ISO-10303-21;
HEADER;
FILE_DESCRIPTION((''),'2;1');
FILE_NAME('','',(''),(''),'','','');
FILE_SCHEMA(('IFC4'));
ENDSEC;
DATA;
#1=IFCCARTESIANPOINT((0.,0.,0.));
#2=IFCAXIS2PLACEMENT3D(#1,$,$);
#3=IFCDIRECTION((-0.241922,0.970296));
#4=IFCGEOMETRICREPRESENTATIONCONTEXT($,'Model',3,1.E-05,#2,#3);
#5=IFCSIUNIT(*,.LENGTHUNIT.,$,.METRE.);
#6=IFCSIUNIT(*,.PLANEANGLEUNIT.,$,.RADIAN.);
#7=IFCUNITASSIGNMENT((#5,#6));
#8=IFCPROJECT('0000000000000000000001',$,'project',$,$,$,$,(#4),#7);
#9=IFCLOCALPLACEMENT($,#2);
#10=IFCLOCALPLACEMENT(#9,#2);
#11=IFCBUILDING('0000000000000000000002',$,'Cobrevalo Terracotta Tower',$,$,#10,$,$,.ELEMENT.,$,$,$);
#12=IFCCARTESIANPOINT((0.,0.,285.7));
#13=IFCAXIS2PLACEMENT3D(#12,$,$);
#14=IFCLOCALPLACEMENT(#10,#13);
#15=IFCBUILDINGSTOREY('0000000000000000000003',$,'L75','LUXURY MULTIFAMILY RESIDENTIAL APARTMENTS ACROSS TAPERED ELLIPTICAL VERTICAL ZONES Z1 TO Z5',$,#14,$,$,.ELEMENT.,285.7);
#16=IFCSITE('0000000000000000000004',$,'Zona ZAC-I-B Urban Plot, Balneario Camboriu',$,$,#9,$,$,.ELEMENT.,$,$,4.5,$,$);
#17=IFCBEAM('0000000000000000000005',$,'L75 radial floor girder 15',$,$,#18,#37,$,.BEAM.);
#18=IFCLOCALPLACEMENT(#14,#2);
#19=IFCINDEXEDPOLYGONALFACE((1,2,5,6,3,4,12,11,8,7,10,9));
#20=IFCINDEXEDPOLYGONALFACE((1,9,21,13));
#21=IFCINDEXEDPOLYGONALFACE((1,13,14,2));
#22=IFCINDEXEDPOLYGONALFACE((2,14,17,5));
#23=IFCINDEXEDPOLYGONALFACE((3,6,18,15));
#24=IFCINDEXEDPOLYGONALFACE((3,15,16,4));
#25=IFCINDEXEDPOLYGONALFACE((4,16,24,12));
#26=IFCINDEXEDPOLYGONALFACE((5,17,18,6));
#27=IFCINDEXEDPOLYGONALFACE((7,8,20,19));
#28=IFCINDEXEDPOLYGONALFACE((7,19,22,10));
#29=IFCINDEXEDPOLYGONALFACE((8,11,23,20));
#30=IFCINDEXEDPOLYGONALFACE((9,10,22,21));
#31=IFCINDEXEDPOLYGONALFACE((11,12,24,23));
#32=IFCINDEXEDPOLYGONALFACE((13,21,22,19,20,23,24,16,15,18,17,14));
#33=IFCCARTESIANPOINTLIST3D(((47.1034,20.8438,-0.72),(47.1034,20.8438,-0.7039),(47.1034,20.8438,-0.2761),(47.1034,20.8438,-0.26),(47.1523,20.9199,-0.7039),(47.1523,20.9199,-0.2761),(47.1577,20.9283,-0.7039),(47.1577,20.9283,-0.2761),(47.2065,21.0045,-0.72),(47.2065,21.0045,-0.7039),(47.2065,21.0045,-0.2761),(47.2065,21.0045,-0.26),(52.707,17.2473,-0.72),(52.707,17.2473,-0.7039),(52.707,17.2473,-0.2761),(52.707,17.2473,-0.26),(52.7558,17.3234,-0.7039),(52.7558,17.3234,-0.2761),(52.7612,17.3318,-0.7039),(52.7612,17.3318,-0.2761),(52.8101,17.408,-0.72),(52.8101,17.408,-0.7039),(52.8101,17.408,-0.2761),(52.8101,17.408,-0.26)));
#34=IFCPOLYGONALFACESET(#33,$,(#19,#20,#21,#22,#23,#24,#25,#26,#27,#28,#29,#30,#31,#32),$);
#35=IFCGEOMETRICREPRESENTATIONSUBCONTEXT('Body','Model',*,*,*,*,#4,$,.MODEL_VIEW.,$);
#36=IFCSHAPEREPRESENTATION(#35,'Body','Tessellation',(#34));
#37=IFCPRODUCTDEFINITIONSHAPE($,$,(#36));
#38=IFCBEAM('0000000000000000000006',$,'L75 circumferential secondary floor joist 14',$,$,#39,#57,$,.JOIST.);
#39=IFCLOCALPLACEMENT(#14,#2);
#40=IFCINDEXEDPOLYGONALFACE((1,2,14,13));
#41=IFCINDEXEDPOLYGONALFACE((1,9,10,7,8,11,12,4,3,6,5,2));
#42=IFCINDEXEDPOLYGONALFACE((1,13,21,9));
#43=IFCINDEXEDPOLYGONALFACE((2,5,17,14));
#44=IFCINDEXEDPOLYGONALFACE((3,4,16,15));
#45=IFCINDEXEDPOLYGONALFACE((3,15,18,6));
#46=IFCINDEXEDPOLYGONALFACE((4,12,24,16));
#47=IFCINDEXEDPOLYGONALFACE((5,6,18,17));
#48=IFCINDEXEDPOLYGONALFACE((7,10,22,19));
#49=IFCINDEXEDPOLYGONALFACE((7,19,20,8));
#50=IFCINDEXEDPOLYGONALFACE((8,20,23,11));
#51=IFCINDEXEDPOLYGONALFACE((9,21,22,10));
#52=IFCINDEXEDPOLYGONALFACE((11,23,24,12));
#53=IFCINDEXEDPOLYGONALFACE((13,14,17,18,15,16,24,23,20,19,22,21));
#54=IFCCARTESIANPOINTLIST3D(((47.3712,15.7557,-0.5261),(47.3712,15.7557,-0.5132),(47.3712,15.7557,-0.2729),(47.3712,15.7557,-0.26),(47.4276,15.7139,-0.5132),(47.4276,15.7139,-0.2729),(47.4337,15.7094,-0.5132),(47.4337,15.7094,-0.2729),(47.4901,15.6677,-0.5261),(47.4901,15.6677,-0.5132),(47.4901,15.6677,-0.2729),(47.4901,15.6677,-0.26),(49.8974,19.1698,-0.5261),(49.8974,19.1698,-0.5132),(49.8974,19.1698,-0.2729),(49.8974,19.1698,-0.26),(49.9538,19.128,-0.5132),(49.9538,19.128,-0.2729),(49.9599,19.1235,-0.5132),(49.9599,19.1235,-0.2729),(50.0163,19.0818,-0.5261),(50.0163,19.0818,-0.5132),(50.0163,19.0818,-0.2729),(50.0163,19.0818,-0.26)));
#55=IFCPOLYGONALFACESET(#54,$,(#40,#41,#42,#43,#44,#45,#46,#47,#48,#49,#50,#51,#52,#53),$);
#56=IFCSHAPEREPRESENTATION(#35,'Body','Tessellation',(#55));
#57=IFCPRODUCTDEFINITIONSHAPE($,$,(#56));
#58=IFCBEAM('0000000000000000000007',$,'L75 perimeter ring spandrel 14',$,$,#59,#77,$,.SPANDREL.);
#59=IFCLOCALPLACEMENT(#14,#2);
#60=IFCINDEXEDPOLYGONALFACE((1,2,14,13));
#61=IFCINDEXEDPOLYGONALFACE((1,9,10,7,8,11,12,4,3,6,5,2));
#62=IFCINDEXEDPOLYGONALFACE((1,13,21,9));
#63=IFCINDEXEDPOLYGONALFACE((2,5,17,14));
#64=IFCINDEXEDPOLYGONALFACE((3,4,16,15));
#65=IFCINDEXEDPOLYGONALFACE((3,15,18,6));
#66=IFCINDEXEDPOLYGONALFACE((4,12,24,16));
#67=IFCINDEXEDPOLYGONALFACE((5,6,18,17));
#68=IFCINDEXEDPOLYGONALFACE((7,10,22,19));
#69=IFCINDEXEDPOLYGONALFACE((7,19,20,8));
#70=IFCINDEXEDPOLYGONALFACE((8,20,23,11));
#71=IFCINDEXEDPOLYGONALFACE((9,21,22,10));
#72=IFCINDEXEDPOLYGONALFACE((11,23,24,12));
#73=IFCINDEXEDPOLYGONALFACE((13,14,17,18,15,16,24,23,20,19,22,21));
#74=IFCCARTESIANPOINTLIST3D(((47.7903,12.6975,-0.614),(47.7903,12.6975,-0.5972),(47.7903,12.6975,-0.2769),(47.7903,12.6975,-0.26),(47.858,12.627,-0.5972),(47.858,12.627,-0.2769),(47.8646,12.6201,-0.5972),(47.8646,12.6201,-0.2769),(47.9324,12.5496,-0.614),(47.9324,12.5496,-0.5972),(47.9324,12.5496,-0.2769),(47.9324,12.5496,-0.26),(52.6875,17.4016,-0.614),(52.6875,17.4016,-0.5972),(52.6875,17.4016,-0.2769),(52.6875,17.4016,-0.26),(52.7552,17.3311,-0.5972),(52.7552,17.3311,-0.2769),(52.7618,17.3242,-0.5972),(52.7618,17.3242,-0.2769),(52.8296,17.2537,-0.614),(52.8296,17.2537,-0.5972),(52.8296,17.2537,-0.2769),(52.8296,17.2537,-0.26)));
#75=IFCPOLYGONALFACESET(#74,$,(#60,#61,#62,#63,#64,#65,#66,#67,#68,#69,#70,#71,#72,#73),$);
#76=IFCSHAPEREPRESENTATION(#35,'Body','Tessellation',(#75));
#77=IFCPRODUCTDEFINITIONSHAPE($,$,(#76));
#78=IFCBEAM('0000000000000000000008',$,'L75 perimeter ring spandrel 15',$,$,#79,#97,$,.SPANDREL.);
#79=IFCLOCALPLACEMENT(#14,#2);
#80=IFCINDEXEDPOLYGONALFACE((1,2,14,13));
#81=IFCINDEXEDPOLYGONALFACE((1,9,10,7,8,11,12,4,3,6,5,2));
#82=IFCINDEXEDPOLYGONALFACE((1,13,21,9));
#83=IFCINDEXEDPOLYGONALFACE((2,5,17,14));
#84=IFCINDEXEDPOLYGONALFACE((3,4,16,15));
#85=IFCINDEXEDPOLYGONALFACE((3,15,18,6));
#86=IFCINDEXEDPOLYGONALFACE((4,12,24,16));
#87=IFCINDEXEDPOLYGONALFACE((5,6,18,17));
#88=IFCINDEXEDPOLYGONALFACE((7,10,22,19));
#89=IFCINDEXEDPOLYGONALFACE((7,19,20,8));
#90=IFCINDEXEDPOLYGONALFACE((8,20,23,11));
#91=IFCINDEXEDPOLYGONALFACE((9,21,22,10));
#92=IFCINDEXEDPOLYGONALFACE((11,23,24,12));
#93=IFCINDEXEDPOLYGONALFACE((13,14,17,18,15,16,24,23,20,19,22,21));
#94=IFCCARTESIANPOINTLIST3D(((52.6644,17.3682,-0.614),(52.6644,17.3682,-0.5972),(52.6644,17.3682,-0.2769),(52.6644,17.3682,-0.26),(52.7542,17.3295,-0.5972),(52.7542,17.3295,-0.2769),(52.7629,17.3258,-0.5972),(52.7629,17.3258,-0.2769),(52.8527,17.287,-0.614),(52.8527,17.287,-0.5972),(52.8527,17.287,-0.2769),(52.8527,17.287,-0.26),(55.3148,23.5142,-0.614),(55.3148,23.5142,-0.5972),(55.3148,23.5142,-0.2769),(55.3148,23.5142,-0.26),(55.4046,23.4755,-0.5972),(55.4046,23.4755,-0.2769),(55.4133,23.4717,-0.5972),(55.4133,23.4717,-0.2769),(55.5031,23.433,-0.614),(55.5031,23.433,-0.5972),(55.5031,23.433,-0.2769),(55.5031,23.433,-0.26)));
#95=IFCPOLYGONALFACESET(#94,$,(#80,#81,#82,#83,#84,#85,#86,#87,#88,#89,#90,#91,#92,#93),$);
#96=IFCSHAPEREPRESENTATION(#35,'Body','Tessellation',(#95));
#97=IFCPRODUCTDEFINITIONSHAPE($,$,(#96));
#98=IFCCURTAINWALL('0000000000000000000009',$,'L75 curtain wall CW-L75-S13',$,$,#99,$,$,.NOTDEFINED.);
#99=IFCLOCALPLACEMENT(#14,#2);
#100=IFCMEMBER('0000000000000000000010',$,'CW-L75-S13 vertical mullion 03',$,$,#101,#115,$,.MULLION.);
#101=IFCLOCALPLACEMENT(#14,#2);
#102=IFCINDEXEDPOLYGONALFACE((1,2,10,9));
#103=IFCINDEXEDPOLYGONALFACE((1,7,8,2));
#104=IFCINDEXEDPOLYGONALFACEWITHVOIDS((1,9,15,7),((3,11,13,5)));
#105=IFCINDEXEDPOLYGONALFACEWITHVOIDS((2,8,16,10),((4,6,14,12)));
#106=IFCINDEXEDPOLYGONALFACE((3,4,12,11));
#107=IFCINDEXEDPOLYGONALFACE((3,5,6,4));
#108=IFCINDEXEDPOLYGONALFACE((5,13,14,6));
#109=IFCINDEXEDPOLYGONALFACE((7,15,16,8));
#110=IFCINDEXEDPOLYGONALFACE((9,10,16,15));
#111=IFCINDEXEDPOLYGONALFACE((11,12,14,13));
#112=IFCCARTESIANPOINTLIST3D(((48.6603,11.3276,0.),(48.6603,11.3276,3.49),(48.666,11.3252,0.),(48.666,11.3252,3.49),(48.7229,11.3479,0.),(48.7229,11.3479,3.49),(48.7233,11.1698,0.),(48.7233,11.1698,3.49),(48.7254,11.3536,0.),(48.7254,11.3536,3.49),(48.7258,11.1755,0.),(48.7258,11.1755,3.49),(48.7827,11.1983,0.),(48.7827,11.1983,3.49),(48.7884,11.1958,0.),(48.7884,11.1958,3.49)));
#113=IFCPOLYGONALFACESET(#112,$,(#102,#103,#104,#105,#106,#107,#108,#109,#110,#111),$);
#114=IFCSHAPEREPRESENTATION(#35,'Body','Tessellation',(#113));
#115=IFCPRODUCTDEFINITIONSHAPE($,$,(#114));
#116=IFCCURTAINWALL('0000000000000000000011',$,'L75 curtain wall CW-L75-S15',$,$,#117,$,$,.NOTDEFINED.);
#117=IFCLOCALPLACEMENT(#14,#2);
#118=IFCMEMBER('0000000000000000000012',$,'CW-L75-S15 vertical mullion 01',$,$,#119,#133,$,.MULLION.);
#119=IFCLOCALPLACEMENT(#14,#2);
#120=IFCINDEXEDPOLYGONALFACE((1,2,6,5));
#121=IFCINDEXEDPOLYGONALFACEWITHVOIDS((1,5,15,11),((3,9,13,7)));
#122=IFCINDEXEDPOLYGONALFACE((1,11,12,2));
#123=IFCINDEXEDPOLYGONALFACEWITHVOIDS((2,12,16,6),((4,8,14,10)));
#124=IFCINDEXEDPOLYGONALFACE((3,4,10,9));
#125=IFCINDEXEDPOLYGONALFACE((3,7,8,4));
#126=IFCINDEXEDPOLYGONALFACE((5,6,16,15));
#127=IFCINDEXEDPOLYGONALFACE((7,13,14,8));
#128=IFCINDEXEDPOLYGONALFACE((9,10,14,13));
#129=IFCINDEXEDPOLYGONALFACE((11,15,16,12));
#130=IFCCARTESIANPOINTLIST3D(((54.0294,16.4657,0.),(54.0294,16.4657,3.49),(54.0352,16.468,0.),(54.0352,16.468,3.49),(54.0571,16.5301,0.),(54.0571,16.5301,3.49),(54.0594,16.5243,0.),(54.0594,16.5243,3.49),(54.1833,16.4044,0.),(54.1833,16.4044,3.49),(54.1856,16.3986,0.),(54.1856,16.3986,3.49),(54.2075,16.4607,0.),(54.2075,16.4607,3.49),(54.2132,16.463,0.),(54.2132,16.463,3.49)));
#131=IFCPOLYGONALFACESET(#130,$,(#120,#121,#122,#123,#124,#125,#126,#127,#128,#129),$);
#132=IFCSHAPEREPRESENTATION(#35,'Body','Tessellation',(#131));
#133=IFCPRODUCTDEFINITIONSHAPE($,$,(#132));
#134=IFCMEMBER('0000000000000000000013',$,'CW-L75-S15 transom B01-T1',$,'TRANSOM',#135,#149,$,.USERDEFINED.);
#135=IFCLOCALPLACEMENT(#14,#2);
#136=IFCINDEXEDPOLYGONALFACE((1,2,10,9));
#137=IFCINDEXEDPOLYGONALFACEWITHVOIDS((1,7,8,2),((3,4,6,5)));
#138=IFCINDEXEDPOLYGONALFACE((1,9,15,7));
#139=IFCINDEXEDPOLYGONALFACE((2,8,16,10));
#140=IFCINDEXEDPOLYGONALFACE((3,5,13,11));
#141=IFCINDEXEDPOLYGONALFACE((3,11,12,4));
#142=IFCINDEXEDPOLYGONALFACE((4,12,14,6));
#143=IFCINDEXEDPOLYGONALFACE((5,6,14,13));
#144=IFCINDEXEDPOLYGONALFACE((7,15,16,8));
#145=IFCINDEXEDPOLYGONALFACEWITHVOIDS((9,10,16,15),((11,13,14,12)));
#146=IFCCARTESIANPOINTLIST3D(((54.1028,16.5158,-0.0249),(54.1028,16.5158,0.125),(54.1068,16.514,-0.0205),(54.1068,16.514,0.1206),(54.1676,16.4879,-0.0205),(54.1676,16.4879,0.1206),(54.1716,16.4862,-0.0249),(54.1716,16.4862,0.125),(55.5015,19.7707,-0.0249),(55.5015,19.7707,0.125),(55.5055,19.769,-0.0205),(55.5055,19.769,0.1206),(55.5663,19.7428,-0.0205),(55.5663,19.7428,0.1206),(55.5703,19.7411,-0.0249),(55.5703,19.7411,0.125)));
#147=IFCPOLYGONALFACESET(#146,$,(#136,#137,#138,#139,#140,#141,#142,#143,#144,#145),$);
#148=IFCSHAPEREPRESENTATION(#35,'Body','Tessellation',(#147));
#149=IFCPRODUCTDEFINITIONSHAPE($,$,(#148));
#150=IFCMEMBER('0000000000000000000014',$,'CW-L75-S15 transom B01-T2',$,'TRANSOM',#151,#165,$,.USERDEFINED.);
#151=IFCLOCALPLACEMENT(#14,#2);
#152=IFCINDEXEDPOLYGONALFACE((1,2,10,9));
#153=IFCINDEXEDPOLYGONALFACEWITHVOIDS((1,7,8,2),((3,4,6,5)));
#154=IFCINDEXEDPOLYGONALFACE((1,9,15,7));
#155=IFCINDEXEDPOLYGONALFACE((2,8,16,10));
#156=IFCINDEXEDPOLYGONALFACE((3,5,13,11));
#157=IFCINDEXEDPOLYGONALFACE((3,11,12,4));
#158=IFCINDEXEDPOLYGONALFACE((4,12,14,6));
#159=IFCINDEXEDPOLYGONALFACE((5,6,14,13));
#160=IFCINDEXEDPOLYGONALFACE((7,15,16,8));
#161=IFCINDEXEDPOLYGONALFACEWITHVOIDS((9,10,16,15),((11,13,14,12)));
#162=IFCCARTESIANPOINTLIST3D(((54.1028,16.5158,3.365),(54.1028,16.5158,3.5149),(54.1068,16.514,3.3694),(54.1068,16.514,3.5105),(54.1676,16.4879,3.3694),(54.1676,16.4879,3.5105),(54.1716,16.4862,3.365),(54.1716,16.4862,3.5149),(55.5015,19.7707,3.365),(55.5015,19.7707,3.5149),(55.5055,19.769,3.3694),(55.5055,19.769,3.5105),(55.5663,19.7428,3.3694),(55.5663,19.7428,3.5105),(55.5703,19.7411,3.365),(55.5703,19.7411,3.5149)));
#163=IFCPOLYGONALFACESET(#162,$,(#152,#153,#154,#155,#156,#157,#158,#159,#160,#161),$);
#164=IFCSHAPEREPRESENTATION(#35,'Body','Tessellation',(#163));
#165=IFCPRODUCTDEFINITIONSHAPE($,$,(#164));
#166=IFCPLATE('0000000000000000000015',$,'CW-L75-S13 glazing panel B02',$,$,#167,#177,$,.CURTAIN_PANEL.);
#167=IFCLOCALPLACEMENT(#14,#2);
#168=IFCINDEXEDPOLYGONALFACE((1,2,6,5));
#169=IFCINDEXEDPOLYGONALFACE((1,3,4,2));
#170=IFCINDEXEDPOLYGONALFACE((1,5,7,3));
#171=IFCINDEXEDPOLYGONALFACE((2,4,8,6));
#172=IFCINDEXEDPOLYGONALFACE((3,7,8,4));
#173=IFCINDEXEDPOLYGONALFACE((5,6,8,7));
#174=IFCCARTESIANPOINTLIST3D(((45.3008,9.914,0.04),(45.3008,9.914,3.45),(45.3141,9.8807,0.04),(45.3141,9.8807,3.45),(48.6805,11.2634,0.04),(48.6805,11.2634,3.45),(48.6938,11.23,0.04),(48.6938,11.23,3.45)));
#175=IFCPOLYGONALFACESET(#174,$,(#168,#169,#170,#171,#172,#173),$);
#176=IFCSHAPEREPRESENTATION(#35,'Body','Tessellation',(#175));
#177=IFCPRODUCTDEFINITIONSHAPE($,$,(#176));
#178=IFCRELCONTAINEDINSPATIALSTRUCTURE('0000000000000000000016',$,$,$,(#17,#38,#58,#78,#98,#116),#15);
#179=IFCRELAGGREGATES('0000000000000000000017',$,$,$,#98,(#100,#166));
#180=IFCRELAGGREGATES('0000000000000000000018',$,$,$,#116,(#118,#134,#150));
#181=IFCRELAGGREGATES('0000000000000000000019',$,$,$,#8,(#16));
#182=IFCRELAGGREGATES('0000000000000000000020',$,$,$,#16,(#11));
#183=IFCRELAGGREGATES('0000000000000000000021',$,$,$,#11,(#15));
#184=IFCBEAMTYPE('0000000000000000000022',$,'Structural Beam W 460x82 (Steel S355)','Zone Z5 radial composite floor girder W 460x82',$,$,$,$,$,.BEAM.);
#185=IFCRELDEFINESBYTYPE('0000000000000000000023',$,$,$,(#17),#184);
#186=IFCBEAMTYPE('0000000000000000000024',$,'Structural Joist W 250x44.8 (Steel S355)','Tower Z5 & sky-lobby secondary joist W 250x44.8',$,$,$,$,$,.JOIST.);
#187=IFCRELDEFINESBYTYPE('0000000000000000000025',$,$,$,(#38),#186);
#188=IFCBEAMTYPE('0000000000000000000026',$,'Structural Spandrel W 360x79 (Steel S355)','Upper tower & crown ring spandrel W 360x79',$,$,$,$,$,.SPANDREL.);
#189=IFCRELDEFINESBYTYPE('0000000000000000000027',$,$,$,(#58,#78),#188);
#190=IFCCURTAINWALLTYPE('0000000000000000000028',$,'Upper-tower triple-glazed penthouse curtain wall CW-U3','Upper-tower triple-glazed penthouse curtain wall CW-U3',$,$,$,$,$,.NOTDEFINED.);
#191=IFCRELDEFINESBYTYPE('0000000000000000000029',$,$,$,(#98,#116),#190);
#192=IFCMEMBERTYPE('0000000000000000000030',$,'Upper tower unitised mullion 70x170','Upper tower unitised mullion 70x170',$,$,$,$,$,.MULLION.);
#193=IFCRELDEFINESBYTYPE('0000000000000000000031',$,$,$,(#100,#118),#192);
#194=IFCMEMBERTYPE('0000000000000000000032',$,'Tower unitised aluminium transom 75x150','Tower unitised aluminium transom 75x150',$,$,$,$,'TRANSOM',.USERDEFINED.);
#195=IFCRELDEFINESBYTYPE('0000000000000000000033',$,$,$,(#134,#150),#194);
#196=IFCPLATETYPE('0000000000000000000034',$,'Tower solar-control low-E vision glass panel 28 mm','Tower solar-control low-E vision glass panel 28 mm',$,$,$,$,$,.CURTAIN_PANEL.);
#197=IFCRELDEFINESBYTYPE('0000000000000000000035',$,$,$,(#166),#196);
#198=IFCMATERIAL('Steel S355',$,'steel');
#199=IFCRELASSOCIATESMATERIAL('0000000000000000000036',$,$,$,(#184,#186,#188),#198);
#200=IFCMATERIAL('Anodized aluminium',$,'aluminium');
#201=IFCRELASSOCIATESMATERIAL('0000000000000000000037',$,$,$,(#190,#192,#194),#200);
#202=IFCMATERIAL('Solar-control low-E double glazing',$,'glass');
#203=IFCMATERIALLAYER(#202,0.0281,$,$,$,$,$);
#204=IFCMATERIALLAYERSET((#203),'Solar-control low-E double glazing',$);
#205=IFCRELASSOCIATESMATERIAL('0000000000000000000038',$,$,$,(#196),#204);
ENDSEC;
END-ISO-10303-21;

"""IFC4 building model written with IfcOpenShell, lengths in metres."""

from ifc_helpers import new_model, si_unit, direction, frame, origin, origin_2d, place, context, subcontext, project, spatial, rectangle, hollow_rectangle, i_section, extrude, source, transform, mapped, material, layer, layer_set, material_profile, profile_set, type_object, element, aggregate, save


model = new_model("IFC4")

# Units and contexts
model_context = context("Model", 3, precision=1e-05, world=origin(), true_north=direction((-0.241922, 0.970296)))
body_context = subcontext(model_context, "Body", "Model", "MODEL_VIEW")
ifc_project = project(units=[si_unit("LENGTHUNIT", "METRE"), si_unit("PLANEANGLEUNIT", "RADIAN")], contexts=[model_context])

# Site, building, storey
site_placement = place(None, origin())
site = spatial("IfcSite", under=ifc_project, at=site_placement, Name="Zona ZAC-I-B Urban Plot, Balneario Camboriu", CompositionType="ELEMENT", RefElevation=4.5)
building_placement = place(site_placement, origin())
building = spatial("IfcBuilding", under=site, at=building_placement, Name="Cobrevalo Terracotta Tower", CompositionType="ELEMENT")
storey_placement = place(building_placement, frame((0.0, 0.0, 285.7)))
storey = spatial("IfcBuildingStorey", under=building, at=storey_placement, Name="L75", Description="LUXURY MULTIFAMILY RESIDENTIAL APARTMENTS ACROSS TAPERED ELLIPTICAL VERTICAL ZONES Z1 TO Z5", CompositionType="ELEMENT", Elevation=285.7)

# Shared definitions
ifc_material_1 = material(Name="Steel S355", Category="steel")

# Beams
ifc_material_profile_1 = material_profile(ifc_material_1, i_section(OverallWidth=0.1909, OverallDepth=0.46, WebThickness=0.01, FlangeThickness=0.0161, at=origin_2d()), Name="W 460x82")
ifc_profile_set_1 = profile_set([ifc_material_profile_1], Name="Steel S355")
beam_type_1 = type_object("IfcBeamType", Name="Structural Beam W 460x82 (Steel S355)", Description="Zone Z5 radial composite floor girder W 460x82", PredefinedType="BEAM", material=ifc_profile_set_1)
beam_1_placement = place(storey_placement, frame((52.7585, 17.3276, -0.49), z_axis=(-0.841576, 0.540138, 0.0), x_axis=(-0.540138, -0.841576, 0.0)))
element("IfcBeam", 1, at=beam_1_placement, inside=storey, type_object=beam_type_1, Name="L75 radial floor girder 15", PredefinedType="BEAM", context=body_context, shape_type="SweptSolid", body=[
    extrude(i_section(OverallWidth=0.1909, OverallDepth=0.46, WebThickness=0.01, FlangeThickness=0.0161, at=origin_2d()), origin(), (0.0, 0.0, 1.0), 6.6584),
])
ifc_material_profile_2 = material_profile(ifc_material_1, i_section(OverallWidth=0.1479, OverallDepth=0.2661, WebThickness=0.0076, FlangeThickness=0.0129, at=origin_2d()), Name="W 250x44.8")
ifc_profile_set_2 = profile_set([ifc_material_profile_2], Name="Steel S355")
beam_type_2 = type_object("IfcBeamType", Name="Structural Joist W 250x44.8 (Steel S355)", Description="Tower Z5 & sky-lobby secondary joist W 250x44.8", PredefinedType="JOIST", material=ifc_profile_set_2)
beam_2_placement = place(storey_placement, frame((47.4307, 15.7117, -0.3931), z_axis=(0.5948, 0.803874, 0.0), x_axis=(-0.803874, 0.5948, 0.0)))
element("IfcBeam", 2, at=beam_2_placement, inside=storey, type_object=beam_type_2, Name="L75 circumferential secondary floor joist 14", PredefinedType="JOIST", context=body_context, shape_type="SweptSolid", body=[
    extrude(i_section(OverallWidth=0.1479, OverallDepth=0.2661, WebThickness=0.0076, FlangeThickness=0.0129, at=origin_2d()), origin(), (0.0, 0.0, 1.0), 4.2471),
])
ifc_material_profile_3 = material_profile(ifc_material_1, i_section(OverallWidth=0.2051, OverallDepth=0.354, WebThickness=0.0095, FlangeThickness=0.0168, at=origin_2d()), Name="W 360x79")
ifc_profile_set_3 = profile_set([ifc_material_profile_3], Name="Steel S355")
beam_type_3 = type_object("IfcBeamType", Name="Structural Spandrel W 360x79 (Steel S355)", Description="Upper tower & crown ring spandrel W 360x79", PredefinedType="SPANDREL", material=ifc_profile_set_3)
beam_3_placement = place(storey_placement, frame((47.8613, 12.6235, -0.437), z_axis=(0.721183, 0.692744, 0.0), x_axis=(-0.692744, 0.721183, 0.0)))
element("IfcBeam", 3, at=beam_3_placement, inside=storey, type_object=beam_type_3, Name="L75 perimeter ring spandrel 14", PredefinedType="SPANDREL", context=body_context, shape_type="SweptSolid", body=[
    extrude(i_section(OverallWidth=0.2051, OverallDepth=0.354, WebThickness=0.0095, FlangeThickness=0.0168, at=origin_2d()), origin(), (0.0, 0.0, 1.0), 6.7905),
])
beam_4_placement = place(storey_placement, frame((52.7585, 17.3276, -0.437), z_axis=(0.395987, 0.918256, 0.0), x_axis=(-0.918256, 0.395987, 0.0)))
element("IfcBeam", 4, at=beam_4_placement, inside=storey, type_object=beam_type_3, Name="L75 perimeter ring spandrel 15", PredefinedType="SPANDREL", context=body_context, shape_type="SweptSolid", body=[
    extrude(i_section(OverallWidth=0.2051, OverallDepth=0.354, WebThickness=0.0095, FlangeThickness=0.0168, at=origin_2d()), origin(), (0.0, 0.0, 1.0), 6.6931),
])

# Curtain wall, member
ifc_material_2 = material(Name="Anodized aluminium", Category="aluminium")
curtain_wall_type = type_object("IfcCurtainWallType", Name="Upper-tower triple-glazed penthouse curtain wall CW-U3", Description="Upper-tower triple-glazed penthouse curtain wall CW-U3", PredefinedType="NOTDEFINED", material=ifc_material_2)
curtain_wall_1_placement = place(storey_placement, origin())
curtain_wall_1 = element("IfcCurtainWall", 5, at=curtain_wall_1_placement, inside=storey, type_object=curtain_wall_type, Name="L75 curtain wall CW-L75-S13", PredefinedType="NOTDEFINED")
ifc_material_profile_4 = material_profile(ifc_material_2, hollow_rectangle(XDim=0.0701, YDim=0.1699, WallThickness=0.0044, at=origin_2d()), Name="CWM 70x170")
ifc_profile_set_4 = profile_set([ifc_material_profile_4], Name="Anodized aluminium")
member_type_1 = type_object("IfcMemberType", Name="Upper tower unitised mullion 70x170", Description="Upper tower unitised mullion 70x170", PredefinedType="MULLION", material=ifc_profile_set_4)
shared_shape_1 = source(origin(), body_context, "Body", "SweptSolid", [
    extrude(hollow_rectangle(XDim=0.0701, YDim=0.1699, WallThickness=0.0044, at=origin_2d()), origin(), (0.0, 0.0, 1.0), 3.49),
])
member_1_placement = place(storey_placement, frame((48.7244, 11.2617, 0.0), z_axis=(0.0, 0.0, 1.0), x_axis=(0.928719, 0.370784, 0.0)))
member_1 = element("IfcMember", 6, at=member_1_placement, type_object=member_type_1, Name="CW-L75-S13 vertical mullion 03", PredefinedType="MULLION", context=body_context, shape_type="MappedRepresentation", body=[
    mapped(shared_shape_1, transform((0.0, 0.0, 0.0), scale=1.0)),
])

# Curtain wall, members
curtain_wall_2_placement = place(storey_placement, origin())
curtain_wall_2 = element("IfcCurtainWall", 7, at=curtain_wall_2_placement, inside=storey, type_object=curtain_wall_type, Name="L75 curtain wall CW-L75-S15", PredefinedType="NOTDEFINED")
member_2_placement = place(storey_placement, frame((54.1213, 16.4644, 0.0), z_axis=(0.0, 0.0, 1.0), x_axis=(0.394824, 0.918757, 0.0)))
member_2 = element("IfcMember", 8, at=member_2_placement, type_object=member_type_1, Name="CW-L75-S15 vertical mullion 01", PredefinedType="MULLION", context=body_context, shape_type="MappedRepresentation", body=[
    mapped(shared_shape_1, transform((0.0, 0.0, 0.0), scale=1.0)),
])
ifc_material_profile_5 = material_profile(ifc_material_2, hollow_rectangle(XDim=0.075, YDim=0.1499, WallThickness=0.0044, at=origin_2d()), Name="CWT 75x150")
ifc_profile_set_5 = profile_set([ifc_material_profile_5], Name="Anodized aluminium")
member_type_2 = type_object("IfcMemberType", Name="Tower unitised aluminium transom 75x150", Description="Tower unitised aluminium transom 75x150", ElementType="TRANSOM", PredefinedType="USERDEFINED", material=ifc_profile_set_5)
shared_shape_2 = source(origin(), body_context, "Body", "SweptSolid", [
    extrude(hollow_rectangle(XDim=0.075, YDim=0.1499, WallThickness=0.0044, at=origin_2d()), origin(), (0.0, 0.0, 1.0), 3.5427),
])
member_3_placement = place(storey_placement, frame((54.1372, 16.501, 0.05), z_axis=(0.394809, 0.918763, 0.0), x_axis=(-0.918763, 0.394809, 0.0)))
member_3 = element("IfcMember", 9, at=member_3_placement, type_object=member_type_2, Name="CW-L75-S15 transom B01-T1", ObjectType="TRANSOM", PredefinedType="USERDEFINED", context=body_context, shape_type="MappedRepresentation", body=[
    mapped(shared_shape_2, transform((0.0, 0.0, 0.0), scale=1.0)),
])
member_4_placement = place(storey_placement, frame((54.1372, 16.501, 3.4399), z_axis=(0.394809, 0.918763, 0.0), x_axis=(-0.918763, 0.394809, 0.0)))
member_4 = element("IfcMember", 10, at=member_4_placement, type_object=member_type_2, Name="CW-L75-S15 transom B01-T2", ObjectType="TRANSOM", PredefinedType="USERDEFINED", context=body_context, shape_type="MappedRepresentation", body=[
    mapped(shared_shape_2, transform((0.0, 0.0, 0.0), scale=1.0)),
])

# Plate
ifc_material_3 = material(Name="Solar-control low-E double glazing", Category="glass")
ifc_layer_1 = layer(ifc_material_3, 0.0281)
ifc_layer_set_1 = layer_set([ifc_layer_1], Name="Solar-control low-E double glazing")
plate_type = type_object("IfcPlateType", Name="Tower solar-control low-E vision glass panel 28 mm", Description="Tower solar-control low-E vision glass panel 28 mm", PredefinedType="CURTAIN_PANEL", material=ifc_layer_set_1)
shared_shape_3 = source(origin(), body_context, "Body", "SweptSolid", [
    extrude(rectangle(XDim=3.6392, YDim=0.0359, at=origin_2d()), origin(), (0.0, 0.0, 1.0), 3.4099),
])
plate_1_placement = place(storey_placement, frame((46.9973, 10.572, 0.04), z_axis=(0.0, 0.0, 1.0), x_axis=(0.928718, 0.370786, 0.0)))
plate_1 = element("IfcPlate", 11, at=plate_1_placement, type_object=plate_type, Name="CW-L75-S13 glazing panel B02", PredefinedType="CURTAIN_PANEL", context=body_context, shape_type="MappedRepresentation", body=[
    mapped(shared_shape_3, transform((0.0, 0.0, 0.0), scale=1.0)),
])
aggregate(curtain_wall_1, [member_1, plate_1])
aggregate(curtain_wall_2, [member_2, member_3, member_4])

save(model, "model.ifc")
